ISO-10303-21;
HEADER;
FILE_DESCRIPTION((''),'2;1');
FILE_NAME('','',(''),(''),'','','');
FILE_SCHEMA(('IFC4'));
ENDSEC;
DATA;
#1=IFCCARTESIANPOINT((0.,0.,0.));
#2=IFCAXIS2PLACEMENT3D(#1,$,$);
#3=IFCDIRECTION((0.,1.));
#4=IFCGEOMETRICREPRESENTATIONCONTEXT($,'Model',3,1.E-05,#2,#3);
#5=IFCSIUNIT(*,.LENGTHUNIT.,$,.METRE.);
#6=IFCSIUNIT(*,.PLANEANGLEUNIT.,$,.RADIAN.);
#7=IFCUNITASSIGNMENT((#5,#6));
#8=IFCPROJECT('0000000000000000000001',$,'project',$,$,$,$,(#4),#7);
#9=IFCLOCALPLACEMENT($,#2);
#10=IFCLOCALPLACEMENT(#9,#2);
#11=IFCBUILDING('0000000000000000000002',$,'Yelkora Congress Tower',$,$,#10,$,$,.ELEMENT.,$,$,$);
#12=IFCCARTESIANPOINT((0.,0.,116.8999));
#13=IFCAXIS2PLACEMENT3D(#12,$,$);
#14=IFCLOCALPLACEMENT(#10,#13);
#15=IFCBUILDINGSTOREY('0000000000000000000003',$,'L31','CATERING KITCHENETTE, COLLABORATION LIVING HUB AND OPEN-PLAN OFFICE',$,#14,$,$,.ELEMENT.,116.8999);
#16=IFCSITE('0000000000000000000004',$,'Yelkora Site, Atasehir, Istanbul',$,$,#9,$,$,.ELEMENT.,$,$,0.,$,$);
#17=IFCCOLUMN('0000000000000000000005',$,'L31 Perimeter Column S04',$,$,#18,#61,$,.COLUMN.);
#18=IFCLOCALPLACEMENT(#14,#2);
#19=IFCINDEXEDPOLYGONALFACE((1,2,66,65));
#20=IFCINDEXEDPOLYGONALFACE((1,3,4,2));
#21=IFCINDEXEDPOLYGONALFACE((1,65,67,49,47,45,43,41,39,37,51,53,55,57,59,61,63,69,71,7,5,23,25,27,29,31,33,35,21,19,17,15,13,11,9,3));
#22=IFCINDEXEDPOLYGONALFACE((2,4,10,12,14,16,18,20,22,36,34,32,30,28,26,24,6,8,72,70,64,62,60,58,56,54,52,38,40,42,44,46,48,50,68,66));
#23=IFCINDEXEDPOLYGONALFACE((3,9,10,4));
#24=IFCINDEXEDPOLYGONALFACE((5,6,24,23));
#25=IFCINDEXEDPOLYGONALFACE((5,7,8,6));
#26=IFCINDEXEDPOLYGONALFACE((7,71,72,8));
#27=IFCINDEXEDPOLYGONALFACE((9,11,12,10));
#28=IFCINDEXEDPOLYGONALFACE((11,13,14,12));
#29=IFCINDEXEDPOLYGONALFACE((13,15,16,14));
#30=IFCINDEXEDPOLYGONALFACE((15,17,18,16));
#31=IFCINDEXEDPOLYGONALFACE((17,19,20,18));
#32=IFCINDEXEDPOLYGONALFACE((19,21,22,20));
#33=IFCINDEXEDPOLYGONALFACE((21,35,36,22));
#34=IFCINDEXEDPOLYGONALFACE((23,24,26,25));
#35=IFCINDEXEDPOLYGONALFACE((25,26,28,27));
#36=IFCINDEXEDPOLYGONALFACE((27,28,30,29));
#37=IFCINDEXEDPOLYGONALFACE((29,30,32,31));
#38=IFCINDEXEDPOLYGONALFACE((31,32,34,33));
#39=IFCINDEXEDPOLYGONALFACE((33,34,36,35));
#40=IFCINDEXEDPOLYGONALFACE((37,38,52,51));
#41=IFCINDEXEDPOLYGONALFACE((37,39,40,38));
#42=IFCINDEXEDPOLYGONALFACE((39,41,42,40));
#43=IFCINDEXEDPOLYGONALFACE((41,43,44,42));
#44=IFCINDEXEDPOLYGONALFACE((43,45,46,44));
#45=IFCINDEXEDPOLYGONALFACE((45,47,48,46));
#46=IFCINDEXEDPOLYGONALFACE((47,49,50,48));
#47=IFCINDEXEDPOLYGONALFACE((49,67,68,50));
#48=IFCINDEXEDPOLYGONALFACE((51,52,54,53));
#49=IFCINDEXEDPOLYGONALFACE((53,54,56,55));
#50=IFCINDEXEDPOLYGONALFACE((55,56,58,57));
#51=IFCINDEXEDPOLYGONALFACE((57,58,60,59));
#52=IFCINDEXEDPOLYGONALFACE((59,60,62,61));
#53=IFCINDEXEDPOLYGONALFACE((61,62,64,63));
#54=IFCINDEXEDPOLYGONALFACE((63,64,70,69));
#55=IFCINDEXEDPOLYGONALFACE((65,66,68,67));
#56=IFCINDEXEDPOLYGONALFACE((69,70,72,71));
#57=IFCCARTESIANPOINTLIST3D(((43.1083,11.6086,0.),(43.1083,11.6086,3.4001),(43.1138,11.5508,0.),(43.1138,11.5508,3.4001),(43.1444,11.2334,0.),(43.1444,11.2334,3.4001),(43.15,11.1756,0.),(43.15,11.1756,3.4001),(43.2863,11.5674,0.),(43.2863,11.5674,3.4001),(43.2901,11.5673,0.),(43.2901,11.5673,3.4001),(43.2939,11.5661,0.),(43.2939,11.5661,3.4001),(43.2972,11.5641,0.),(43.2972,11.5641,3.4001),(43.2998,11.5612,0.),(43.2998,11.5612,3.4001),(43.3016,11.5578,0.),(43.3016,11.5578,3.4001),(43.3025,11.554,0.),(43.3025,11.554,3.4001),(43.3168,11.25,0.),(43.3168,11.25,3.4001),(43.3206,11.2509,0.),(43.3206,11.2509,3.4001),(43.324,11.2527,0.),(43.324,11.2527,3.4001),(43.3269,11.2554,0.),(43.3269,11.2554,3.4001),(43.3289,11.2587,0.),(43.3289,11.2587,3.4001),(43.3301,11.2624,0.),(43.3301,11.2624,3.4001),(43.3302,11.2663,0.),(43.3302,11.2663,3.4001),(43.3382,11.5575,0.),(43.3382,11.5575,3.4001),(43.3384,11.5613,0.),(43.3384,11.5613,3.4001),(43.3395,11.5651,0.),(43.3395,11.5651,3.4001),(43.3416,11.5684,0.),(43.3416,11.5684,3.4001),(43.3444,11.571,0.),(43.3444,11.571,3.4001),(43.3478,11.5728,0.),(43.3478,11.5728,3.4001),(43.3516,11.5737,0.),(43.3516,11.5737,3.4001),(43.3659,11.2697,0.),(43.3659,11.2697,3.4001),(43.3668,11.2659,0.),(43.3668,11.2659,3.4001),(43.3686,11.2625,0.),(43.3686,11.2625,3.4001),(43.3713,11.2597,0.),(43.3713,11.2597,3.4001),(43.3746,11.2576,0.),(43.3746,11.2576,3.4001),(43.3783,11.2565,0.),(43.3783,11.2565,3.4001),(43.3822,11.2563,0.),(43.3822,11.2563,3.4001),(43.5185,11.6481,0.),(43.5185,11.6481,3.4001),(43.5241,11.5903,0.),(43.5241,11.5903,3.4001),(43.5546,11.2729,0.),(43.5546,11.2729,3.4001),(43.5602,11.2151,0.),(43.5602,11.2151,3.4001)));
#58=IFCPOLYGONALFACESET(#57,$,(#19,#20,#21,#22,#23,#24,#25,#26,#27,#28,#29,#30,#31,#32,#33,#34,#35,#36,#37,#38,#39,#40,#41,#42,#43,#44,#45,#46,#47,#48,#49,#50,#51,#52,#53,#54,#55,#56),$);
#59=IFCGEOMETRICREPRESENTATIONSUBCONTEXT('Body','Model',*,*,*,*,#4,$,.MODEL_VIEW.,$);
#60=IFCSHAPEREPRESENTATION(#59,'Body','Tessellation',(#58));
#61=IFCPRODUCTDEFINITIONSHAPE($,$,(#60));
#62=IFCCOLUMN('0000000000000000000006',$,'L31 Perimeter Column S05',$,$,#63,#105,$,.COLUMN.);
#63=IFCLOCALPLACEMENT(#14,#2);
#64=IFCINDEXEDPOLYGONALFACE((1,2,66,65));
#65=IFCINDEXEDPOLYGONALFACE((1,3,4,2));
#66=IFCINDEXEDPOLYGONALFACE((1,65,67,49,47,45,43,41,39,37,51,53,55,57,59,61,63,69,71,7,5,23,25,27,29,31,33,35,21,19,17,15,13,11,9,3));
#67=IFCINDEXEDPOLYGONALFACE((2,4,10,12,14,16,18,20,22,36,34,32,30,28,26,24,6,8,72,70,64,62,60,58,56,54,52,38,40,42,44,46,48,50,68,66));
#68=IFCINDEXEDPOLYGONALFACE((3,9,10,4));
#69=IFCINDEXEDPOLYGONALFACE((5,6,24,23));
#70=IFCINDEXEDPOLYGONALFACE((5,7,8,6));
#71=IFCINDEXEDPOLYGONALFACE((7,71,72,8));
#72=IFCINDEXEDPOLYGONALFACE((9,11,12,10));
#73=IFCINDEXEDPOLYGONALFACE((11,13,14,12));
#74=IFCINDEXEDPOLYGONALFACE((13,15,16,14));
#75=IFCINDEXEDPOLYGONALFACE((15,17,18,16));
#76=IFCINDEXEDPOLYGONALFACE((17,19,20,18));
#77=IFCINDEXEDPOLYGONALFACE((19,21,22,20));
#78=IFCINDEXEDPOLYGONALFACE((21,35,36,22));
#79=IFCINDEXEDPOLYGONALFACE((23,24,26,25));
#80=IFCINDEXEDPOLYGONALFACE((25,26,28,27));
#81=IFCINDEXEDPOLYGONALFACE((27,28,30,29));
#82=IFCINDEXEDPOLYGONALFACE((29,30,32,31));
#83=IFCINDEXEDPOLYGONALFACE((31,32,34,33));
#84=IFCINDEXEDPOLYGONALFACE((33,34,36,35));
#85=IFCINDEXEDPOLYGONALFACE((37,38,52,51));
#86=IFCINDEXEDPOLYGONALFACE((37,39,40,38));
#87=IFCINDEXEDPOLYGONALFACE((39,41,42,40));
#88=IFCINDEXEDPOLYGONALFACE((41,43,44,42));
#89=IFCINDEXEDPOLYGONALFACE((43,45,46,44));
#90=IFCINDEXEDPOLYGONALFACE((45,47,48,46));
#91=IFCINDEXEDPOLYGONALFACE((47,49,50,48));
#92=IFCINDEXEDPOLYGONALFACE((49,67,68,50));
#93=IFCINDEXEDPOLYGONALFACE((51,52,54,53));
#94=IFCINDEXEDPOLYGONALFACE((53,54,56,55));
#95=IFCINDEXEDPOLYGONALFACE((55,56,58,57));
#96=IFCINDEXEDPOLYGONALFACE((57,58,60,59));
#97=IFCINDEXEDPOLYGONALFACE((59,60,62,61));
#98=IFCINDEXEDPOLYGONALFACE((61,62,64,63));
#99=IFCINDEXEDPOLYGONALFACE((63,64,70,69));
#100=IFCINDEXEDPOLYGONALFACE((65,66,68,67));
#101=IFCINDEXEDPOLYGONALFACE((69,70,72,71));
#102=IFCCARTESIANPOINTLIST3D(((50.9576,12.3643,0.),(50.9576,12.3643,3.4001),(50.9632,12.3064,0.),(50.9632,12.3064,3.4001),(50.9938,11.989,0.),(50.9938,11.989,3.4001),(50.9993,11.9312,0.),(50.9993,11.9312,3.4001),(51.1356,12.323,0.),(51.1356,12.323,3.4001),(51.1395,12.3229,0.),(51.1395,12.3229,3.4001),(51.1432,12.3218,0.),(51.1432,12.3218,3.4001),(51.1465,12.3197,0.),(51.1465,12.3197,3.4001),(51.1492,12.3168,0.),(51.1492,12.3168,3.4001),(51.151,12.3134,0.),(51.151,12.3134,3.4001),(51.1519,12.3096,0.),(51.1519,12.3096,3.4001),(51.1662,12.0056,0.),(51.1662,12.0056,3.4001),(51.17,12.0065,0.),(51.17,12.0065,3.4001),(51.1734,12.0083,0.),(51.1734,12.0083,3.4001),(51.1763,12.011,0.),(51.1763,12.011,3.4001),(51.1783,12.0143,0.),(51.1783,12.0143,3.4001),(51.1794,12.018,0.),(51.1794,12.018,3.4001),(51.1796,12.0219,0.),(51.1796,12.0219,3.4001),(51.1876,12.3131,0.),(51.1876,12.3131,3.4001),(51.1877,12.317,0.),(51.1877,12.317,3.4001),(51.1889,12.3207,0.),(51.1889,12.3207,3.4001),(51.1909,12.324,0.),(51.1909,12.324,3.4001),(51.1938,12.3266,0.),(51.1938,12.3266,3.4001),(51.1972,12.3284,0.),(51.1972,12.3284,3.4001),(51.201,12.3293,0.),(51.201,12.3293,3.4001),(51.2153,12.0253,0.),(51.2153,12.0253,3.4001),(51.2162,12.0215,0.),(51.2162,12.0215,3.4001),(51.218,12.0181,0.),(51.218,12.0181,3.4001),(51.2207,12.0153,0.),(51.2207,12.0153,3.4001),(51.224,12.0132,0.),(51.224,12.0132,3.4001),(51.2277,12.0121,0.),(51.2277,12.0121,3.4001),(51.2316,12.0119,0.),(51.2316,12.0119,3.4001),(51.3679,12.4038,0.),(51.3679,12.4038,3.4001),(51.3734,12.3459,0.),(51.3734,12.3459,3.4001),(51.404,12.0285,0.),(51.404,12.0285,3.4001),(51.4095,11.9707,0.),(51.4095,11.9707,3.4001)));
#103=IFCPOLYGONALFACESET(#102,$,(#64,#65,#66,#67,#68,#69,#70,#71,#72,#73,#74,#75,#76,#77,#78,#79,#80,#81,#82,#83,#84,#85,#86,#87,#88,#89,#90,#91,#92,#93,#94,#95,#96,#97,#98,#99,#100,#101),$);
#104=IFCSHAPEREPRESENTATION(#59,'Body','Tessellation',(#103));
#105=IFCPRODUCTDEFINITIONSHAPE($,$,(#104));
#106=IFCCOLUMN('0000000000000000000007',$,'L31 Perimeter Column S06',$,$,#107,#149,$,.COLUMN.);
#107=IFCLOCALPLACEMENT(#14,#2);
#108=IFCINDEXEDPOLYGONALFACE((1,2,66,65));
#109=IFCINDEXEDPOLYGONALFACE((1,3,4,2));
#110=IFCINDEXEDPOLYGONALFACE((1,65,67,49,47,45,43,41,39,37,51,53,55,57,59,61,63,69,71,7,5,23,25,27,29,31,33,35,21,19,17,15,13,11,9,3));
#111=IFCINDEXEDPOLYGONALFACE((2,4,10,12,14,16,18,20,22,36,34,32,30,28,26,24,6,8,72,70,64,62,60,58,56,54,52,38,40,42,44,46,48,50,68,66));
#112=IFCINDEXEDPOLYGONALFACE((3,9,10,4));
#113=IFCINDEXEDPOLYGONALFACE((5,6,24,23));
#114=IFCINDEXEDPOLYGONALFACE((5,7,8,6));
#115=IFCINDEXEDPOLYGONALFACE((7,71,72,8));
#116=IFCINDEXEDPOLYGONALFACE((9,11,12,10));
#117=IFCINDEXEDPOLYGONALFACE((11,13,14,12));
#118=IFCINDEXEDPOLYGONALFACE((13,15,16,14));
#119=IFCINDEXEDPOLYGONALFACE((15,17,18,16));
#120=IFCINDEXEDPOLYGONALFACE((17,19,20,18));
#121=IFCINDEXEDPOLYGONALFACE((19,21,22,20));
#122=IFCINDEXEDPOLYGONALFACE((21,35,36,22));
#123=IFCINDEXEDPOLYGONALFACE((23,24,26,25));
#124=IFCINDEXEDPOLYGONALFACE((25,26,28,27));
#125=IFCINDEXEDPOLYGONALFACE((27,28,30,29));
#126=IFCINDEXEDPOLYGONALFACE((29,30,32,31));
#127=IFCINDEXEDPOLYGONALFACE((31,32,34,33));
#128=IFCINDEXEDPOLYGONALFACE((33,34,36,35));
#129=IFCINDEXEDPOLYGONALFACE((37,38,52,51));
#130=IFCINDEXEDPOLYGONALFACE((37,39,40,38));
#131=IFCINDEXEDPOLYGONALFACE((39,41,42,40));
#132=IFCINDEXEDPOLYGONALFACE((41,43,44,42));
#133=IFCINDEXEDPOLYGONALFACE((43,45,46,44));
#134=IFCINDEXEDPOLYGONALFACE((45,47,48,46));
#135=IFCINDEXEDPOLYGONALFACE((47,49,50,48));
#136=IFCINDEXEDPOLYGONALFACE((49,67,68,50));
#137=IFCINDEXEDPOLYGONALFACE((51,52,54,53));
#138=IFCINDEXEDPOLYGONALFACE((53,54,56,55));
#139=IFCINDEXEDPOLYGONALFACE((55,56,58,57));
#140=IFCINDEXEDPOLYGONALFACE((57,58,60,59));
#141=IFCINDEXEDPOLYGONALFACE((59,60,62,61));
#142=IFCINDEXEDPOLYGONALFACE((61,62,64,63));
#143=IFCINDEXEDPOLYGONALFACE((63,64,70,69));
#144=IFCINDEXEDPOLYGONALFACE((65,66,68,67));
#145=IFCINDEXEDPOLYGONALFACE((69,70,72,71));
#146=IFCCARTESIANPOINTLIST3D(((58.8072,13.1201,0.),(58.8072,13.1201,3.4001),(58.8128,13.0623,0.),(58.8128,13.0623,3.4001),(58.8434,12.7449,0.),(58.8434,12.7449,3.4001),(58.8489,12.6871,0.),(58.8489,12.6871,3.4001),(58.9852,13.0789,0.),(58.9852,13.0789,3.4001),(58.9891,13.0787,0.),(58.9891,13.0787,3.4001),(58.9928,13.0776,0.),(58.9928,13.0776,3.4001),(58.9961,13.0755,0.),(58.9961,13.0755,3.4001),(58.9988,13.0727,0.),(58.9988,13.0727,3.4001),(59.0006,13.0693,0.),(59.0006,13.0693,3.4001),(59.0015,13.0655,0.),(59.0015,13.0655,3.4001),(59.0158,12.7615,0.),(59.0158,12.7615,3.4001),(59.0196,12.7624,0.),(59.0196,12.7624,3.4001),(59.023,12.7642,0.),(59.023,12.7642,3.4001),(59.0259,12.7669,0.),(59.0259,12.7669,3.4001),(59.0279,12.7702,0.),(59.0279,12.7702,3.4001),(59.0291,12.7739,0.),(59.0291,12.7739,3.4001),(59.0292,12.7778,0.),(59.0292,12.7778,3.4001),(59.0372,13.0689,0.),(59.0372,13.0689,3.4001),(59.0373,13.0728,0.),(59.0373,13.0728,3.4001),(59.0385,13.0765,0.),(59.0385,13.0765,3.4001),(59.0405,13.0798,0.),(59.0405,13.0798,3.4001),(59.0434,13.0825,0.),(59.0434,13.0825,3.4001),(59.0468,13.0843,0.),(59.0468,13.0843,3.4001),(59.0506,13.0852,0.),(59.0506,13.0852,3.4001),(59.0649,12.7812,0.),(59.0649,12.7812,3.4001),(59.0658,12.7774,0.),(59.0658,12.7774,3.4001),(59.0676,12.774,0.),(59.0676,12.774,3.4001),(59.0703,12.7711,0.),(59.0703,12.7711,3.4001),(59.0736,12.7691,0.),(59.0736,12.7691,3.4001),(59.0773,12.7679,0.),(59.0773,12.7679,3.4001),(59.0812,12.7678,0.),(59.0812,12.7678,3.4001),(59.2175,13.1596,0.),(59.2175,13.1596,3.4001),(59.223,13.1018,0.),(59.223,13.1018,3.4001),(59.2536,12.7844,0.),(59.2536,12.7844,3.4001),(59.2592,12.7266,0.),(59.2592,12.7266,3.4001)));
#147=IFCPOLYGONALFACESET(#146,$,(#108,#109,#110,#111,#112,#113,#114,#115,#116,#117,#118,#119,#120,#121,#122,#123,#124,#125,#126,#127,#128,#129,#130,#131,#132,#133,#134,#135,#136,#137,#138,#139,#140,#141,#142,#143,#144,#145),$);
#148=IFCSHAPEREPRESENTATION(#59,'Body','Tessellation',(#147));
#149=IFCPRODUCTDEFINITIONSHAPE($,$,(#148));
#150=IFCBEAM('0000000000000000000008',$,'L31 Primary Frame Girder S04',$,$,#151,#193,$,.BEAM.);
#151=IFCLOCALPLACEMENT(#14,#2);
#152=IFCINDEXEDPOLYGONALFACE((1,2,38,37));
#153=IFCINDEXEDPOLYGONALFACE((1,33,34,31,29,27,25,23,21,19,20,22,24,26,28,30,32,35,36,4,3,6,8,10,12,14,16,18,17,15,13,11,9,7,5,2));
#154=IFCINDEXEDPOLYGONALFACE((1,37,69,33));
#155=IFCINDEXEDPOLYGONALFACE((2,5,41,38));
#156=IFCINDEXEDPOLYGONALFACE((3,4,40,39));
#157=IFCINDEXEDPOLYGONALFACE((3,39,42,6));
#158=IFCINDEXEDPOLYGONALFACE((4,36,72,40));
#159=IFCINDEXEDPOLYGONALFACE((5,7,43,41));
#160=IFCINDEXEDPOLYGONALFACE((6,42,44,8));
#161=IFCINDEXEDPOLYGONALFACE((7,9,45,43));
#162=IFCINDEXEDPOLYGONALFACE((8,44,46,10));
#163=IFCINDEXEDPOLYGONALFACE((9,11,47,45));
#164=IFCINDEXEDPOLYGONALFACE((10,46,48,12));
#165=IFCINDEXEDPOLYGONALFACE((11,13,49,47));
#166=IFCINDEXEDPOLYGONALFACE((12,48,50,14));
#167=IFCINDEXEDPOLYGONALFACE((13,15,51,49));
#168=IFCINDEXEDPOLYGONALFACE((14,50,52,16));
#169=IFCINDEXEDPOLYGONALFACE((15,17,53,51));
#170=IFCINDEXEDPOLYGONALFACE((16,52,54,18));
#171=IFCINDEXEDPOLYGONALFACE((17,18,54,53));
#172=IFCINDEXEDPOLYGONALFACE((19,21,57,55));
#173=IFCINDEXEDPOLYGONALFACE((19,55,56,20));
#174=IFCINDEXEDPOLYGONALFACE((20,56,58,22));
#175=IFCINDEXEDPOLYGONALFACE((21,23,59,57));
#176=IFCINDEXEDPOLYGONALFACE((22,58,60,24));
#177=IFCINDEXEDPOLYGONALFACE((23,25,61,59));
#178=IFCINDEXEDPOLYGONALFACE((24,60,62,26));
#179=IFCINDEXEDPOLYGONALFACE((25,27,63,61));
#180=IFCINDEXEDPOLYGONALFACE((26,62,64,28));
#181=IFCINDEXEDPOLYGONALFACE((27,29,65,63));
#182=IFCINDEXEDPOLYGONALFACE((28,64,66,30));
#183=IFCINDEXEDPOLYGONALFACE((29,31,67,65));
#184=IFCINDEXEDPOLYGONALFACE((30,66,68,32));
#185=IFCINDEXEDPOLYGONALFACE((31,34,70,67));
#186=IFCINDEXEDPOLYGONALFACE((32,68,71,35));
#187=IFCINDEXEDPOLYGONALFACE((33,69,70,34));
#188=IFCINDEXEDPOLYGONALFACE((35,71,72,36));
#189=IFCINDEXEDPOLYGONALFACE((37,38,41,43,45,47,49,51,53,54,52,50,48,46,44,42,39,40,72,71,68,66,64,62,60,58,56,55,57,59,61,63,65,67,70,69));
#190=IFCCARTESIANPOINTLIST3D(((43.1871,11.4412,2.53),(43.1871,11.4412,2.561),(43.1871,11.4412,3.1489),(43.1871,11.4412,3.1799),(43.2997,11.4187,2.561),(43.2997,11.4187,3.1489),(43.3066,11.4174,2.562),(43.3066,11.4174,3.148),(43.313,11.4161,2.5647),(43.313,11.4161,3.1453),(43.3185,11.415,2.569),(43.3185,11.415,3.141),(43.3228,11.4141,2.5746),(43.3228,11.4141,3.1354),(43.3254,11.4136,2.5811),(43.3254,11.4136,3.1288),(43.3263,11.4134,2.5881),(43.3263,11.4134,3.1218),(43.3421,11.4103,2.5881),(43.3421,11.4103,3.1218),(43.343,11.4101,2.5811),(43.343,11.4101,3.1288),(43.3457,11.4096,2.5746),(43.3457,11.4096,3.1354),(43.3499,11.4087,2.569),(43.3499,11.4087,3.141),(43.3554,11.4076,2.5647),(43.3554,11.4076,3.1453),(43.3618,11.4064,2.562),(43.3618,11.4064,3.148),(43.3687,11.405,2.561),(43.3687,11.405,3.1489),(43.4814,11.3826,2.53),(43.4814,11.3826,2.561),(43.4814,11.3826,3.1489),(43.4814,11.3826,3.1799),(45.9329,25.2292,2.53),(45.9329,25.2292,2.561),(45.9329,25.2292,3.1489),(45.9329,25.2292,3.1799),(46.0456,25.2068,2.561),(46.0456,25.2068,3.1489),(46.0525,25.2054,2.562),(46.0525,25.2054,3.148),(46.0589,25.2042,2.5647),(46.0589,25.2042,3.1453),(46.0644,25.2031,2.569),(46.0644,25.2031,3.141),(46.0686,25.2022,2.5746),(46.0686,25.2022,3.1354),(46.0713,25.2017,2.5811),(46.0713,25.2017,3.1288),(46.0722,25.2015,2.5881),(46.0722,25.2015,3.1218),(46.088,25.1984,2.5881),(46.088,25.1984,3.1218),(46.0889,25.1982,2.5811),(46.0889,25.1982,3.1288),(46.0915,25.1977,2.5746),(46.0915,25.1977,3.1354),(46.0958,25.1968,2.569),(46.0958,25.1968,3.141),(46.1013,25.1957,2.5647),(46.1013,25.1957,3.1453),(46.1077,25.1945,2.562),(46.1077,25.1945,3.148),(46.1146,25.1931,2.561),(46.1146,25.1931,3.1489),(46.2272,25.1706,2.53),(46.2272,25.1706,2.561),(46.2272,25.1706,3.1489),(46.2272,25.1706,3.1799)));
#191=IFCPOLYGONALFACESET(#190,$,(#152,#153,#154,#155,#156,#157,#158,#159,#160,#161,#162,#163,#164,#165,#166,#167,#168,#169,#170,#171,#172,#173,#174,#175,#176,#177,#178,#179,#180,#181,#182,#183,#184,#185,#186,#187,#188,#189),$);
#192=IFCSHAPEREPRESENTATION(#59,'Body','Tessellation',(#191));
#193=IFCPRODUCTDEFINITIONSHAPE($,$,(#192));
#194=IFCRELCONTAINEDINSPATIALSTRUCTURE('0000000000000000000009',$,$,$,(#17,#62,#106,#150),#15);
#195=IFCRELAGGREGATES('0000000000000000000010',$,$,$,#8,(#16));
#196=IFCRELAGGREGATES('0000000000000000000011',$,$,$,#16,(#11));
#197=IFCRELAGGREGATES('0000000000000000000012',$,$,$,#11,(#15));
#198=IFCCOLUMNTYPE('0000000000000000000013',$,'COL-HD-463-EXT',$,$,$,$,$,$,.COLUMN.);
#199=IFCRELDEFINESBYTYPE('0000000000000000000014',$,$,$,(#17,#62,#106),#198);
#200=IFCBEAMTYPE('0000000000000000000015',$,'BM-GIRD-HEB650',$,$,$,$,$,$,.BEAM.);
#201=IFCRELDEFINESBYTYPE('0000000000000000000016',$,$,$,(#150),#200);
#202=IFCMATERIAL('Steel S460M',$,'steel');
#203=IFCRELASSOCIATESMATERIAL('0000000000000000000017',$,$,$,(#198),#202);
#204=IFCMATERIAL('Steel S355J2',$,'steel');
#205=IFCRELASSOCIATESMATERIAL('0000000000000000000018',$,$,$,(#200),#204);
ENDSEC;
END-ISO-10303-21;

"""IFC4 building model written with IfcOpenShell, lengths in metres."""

from ifc_helpers import new_model, si_unit, direction, frame, origin, origin_2d, place, context, subcontext, project, spatial, i_section, extrude, material, material_profile, profile_set, type_object, element, save


model = new_model("IFC4")

# Units and contexts
model_context = context("Model", 3, precision=1e-05, world=origin(), true_north=direction((0.0, 1.0)))
body_context = subcontext(model_context, "Body", "Model", "MODEL_VIEW")
ifc_project = project(units=[si_unit("LENGTHUNIT", "METRE"), si_unit("PLANEANGLEUNIT", "RADIAN")], contexts=[model_context])

# Site, building, storey
site_placement = place(None, origin())
site = spatial("IfcSite", under=ifc_project, at=site_placement, Name="Yelkora Site, Atasehir, Istanbul", CompositionType="ELEMENT", RefElevation=0.0)
building_placement = place(site_placement, origin())
building = spatial("IfcBuilding", under=site, at=building_placement, Name="Yelkora Congress Tower", CompositionType="ELEMENT")
storey_placement = place(building_placement, frame((0.0, 0.0, 116.8999)))
storey = spatial("IfcBuildingStorey", under=building, at=storey_placement, Name="L31", Description="CATERING KITCHENETTE, COLLABORATION LIVING HUB AND OPEN-PLAN OFFICE", CompositionType="ELEMENT", Elevation=116.8999)

# Columns
ifc_material_1 = material(Name="Steel S460M", Category="steel")
ifc_material_profile_1 = material_profile(ifc_material_1, i_section(OverallWidth=0.4121, OverallDepth=0.4351, WebThickness=0.0359, FlangeThickness=0.0581, FilletRadius=0.0149, at=origin_2d()), Name="HD 400x463")
ifc_profile_set_1 = profile_set([ifc_material_profile_1], Name="Steel S460M")
column_type = type_object("IfcColumnType", Name="COL-HD-463-EXT", PredefinedType="COLUMN", material=ifc_profile_set_1)
for number, where, z_axis, x_axis, name in (
    (1, (43.3342, 11.4119, 0.0), (0.0, 0.0, 1.0), (0.995396, 0.095846, 0.0), "L31 Perimeter Column S04"),
    (2, (51.1836, 12.1675, 0.0), (0.0, 0.0, 1.0), (0.995396, 0.095846, 0.0), "L31 Perimeter Column S05"),
    (3, (59.0332, 12.9233, 0.0), (0.0, 0.0, 1.0), (0.995396, 0.095846, 0.0), "L31 Perimeter Column S06"),
):
    element("IfcColumn", number, at=place(storey_placement, frame(where, z_axis=z_axis, x_axis=x_axis)), inside=storey, type_object=column_type, Name=name, PredefinedType="COLUMN", context=body_context, shape_type="SweptSolid", body=[
        extrude(i_section(OverallWidth=0.4121, OverallDepth=0.4351, WebThickness=0.0359, FlangeThickness=0.0581, FilletRadius=0.0149, at=origin_2d()), origin(), (0.0, 0.0, 1.0), 3.4001),
    ])

# Beam
ifc_material_2 = material(Name="Steel S355J2", Category="steel")
ifc_material_profile_2 = material_profile(ifc_material_2, i_section(OverallWidth=0.3, OverallDepth=0.6499, WebThickness=0.0161, FlangeThickness=0.031, FilletRadius=0.0271, at=origin_2d()), Name="HEB 650")
ifc_profile_set_2 = profile_set([ifc_material_profile_2], Name="Steel S355J2")
beam_type_1 = type_object("IfcBeamType", Name="BM-GIRD-HEB650", PredefinedType="BEAM", material=ifc_profile_set_2)
beam_1_placement = place(storey_placement, frame((43.3342, 11.4119, 2.855), z_axis=(0.195311, 0.980741, 0.0), x_axis=(-0.980741, 0.195311, 0.0)))
element("IfcBeam", 4, at=beam_1_placement, inside=storey, type_object=beam_type_1, Name="L31 Primary Frame Girder S04", PredefinedType="BEAM", context=body_context, shape_type="SweptSolid", body=[
    extrude(i_section(OverallWidth=0.3, OverallDepth=0.6499, WebThickness=0.0161, FlangeThickness=0.031, FilletRadius=0.0271, at=origin_2d()), origin(), (0.0, 0.0, 1.0), 14.0588),
])

save(model, "model.ifc")
